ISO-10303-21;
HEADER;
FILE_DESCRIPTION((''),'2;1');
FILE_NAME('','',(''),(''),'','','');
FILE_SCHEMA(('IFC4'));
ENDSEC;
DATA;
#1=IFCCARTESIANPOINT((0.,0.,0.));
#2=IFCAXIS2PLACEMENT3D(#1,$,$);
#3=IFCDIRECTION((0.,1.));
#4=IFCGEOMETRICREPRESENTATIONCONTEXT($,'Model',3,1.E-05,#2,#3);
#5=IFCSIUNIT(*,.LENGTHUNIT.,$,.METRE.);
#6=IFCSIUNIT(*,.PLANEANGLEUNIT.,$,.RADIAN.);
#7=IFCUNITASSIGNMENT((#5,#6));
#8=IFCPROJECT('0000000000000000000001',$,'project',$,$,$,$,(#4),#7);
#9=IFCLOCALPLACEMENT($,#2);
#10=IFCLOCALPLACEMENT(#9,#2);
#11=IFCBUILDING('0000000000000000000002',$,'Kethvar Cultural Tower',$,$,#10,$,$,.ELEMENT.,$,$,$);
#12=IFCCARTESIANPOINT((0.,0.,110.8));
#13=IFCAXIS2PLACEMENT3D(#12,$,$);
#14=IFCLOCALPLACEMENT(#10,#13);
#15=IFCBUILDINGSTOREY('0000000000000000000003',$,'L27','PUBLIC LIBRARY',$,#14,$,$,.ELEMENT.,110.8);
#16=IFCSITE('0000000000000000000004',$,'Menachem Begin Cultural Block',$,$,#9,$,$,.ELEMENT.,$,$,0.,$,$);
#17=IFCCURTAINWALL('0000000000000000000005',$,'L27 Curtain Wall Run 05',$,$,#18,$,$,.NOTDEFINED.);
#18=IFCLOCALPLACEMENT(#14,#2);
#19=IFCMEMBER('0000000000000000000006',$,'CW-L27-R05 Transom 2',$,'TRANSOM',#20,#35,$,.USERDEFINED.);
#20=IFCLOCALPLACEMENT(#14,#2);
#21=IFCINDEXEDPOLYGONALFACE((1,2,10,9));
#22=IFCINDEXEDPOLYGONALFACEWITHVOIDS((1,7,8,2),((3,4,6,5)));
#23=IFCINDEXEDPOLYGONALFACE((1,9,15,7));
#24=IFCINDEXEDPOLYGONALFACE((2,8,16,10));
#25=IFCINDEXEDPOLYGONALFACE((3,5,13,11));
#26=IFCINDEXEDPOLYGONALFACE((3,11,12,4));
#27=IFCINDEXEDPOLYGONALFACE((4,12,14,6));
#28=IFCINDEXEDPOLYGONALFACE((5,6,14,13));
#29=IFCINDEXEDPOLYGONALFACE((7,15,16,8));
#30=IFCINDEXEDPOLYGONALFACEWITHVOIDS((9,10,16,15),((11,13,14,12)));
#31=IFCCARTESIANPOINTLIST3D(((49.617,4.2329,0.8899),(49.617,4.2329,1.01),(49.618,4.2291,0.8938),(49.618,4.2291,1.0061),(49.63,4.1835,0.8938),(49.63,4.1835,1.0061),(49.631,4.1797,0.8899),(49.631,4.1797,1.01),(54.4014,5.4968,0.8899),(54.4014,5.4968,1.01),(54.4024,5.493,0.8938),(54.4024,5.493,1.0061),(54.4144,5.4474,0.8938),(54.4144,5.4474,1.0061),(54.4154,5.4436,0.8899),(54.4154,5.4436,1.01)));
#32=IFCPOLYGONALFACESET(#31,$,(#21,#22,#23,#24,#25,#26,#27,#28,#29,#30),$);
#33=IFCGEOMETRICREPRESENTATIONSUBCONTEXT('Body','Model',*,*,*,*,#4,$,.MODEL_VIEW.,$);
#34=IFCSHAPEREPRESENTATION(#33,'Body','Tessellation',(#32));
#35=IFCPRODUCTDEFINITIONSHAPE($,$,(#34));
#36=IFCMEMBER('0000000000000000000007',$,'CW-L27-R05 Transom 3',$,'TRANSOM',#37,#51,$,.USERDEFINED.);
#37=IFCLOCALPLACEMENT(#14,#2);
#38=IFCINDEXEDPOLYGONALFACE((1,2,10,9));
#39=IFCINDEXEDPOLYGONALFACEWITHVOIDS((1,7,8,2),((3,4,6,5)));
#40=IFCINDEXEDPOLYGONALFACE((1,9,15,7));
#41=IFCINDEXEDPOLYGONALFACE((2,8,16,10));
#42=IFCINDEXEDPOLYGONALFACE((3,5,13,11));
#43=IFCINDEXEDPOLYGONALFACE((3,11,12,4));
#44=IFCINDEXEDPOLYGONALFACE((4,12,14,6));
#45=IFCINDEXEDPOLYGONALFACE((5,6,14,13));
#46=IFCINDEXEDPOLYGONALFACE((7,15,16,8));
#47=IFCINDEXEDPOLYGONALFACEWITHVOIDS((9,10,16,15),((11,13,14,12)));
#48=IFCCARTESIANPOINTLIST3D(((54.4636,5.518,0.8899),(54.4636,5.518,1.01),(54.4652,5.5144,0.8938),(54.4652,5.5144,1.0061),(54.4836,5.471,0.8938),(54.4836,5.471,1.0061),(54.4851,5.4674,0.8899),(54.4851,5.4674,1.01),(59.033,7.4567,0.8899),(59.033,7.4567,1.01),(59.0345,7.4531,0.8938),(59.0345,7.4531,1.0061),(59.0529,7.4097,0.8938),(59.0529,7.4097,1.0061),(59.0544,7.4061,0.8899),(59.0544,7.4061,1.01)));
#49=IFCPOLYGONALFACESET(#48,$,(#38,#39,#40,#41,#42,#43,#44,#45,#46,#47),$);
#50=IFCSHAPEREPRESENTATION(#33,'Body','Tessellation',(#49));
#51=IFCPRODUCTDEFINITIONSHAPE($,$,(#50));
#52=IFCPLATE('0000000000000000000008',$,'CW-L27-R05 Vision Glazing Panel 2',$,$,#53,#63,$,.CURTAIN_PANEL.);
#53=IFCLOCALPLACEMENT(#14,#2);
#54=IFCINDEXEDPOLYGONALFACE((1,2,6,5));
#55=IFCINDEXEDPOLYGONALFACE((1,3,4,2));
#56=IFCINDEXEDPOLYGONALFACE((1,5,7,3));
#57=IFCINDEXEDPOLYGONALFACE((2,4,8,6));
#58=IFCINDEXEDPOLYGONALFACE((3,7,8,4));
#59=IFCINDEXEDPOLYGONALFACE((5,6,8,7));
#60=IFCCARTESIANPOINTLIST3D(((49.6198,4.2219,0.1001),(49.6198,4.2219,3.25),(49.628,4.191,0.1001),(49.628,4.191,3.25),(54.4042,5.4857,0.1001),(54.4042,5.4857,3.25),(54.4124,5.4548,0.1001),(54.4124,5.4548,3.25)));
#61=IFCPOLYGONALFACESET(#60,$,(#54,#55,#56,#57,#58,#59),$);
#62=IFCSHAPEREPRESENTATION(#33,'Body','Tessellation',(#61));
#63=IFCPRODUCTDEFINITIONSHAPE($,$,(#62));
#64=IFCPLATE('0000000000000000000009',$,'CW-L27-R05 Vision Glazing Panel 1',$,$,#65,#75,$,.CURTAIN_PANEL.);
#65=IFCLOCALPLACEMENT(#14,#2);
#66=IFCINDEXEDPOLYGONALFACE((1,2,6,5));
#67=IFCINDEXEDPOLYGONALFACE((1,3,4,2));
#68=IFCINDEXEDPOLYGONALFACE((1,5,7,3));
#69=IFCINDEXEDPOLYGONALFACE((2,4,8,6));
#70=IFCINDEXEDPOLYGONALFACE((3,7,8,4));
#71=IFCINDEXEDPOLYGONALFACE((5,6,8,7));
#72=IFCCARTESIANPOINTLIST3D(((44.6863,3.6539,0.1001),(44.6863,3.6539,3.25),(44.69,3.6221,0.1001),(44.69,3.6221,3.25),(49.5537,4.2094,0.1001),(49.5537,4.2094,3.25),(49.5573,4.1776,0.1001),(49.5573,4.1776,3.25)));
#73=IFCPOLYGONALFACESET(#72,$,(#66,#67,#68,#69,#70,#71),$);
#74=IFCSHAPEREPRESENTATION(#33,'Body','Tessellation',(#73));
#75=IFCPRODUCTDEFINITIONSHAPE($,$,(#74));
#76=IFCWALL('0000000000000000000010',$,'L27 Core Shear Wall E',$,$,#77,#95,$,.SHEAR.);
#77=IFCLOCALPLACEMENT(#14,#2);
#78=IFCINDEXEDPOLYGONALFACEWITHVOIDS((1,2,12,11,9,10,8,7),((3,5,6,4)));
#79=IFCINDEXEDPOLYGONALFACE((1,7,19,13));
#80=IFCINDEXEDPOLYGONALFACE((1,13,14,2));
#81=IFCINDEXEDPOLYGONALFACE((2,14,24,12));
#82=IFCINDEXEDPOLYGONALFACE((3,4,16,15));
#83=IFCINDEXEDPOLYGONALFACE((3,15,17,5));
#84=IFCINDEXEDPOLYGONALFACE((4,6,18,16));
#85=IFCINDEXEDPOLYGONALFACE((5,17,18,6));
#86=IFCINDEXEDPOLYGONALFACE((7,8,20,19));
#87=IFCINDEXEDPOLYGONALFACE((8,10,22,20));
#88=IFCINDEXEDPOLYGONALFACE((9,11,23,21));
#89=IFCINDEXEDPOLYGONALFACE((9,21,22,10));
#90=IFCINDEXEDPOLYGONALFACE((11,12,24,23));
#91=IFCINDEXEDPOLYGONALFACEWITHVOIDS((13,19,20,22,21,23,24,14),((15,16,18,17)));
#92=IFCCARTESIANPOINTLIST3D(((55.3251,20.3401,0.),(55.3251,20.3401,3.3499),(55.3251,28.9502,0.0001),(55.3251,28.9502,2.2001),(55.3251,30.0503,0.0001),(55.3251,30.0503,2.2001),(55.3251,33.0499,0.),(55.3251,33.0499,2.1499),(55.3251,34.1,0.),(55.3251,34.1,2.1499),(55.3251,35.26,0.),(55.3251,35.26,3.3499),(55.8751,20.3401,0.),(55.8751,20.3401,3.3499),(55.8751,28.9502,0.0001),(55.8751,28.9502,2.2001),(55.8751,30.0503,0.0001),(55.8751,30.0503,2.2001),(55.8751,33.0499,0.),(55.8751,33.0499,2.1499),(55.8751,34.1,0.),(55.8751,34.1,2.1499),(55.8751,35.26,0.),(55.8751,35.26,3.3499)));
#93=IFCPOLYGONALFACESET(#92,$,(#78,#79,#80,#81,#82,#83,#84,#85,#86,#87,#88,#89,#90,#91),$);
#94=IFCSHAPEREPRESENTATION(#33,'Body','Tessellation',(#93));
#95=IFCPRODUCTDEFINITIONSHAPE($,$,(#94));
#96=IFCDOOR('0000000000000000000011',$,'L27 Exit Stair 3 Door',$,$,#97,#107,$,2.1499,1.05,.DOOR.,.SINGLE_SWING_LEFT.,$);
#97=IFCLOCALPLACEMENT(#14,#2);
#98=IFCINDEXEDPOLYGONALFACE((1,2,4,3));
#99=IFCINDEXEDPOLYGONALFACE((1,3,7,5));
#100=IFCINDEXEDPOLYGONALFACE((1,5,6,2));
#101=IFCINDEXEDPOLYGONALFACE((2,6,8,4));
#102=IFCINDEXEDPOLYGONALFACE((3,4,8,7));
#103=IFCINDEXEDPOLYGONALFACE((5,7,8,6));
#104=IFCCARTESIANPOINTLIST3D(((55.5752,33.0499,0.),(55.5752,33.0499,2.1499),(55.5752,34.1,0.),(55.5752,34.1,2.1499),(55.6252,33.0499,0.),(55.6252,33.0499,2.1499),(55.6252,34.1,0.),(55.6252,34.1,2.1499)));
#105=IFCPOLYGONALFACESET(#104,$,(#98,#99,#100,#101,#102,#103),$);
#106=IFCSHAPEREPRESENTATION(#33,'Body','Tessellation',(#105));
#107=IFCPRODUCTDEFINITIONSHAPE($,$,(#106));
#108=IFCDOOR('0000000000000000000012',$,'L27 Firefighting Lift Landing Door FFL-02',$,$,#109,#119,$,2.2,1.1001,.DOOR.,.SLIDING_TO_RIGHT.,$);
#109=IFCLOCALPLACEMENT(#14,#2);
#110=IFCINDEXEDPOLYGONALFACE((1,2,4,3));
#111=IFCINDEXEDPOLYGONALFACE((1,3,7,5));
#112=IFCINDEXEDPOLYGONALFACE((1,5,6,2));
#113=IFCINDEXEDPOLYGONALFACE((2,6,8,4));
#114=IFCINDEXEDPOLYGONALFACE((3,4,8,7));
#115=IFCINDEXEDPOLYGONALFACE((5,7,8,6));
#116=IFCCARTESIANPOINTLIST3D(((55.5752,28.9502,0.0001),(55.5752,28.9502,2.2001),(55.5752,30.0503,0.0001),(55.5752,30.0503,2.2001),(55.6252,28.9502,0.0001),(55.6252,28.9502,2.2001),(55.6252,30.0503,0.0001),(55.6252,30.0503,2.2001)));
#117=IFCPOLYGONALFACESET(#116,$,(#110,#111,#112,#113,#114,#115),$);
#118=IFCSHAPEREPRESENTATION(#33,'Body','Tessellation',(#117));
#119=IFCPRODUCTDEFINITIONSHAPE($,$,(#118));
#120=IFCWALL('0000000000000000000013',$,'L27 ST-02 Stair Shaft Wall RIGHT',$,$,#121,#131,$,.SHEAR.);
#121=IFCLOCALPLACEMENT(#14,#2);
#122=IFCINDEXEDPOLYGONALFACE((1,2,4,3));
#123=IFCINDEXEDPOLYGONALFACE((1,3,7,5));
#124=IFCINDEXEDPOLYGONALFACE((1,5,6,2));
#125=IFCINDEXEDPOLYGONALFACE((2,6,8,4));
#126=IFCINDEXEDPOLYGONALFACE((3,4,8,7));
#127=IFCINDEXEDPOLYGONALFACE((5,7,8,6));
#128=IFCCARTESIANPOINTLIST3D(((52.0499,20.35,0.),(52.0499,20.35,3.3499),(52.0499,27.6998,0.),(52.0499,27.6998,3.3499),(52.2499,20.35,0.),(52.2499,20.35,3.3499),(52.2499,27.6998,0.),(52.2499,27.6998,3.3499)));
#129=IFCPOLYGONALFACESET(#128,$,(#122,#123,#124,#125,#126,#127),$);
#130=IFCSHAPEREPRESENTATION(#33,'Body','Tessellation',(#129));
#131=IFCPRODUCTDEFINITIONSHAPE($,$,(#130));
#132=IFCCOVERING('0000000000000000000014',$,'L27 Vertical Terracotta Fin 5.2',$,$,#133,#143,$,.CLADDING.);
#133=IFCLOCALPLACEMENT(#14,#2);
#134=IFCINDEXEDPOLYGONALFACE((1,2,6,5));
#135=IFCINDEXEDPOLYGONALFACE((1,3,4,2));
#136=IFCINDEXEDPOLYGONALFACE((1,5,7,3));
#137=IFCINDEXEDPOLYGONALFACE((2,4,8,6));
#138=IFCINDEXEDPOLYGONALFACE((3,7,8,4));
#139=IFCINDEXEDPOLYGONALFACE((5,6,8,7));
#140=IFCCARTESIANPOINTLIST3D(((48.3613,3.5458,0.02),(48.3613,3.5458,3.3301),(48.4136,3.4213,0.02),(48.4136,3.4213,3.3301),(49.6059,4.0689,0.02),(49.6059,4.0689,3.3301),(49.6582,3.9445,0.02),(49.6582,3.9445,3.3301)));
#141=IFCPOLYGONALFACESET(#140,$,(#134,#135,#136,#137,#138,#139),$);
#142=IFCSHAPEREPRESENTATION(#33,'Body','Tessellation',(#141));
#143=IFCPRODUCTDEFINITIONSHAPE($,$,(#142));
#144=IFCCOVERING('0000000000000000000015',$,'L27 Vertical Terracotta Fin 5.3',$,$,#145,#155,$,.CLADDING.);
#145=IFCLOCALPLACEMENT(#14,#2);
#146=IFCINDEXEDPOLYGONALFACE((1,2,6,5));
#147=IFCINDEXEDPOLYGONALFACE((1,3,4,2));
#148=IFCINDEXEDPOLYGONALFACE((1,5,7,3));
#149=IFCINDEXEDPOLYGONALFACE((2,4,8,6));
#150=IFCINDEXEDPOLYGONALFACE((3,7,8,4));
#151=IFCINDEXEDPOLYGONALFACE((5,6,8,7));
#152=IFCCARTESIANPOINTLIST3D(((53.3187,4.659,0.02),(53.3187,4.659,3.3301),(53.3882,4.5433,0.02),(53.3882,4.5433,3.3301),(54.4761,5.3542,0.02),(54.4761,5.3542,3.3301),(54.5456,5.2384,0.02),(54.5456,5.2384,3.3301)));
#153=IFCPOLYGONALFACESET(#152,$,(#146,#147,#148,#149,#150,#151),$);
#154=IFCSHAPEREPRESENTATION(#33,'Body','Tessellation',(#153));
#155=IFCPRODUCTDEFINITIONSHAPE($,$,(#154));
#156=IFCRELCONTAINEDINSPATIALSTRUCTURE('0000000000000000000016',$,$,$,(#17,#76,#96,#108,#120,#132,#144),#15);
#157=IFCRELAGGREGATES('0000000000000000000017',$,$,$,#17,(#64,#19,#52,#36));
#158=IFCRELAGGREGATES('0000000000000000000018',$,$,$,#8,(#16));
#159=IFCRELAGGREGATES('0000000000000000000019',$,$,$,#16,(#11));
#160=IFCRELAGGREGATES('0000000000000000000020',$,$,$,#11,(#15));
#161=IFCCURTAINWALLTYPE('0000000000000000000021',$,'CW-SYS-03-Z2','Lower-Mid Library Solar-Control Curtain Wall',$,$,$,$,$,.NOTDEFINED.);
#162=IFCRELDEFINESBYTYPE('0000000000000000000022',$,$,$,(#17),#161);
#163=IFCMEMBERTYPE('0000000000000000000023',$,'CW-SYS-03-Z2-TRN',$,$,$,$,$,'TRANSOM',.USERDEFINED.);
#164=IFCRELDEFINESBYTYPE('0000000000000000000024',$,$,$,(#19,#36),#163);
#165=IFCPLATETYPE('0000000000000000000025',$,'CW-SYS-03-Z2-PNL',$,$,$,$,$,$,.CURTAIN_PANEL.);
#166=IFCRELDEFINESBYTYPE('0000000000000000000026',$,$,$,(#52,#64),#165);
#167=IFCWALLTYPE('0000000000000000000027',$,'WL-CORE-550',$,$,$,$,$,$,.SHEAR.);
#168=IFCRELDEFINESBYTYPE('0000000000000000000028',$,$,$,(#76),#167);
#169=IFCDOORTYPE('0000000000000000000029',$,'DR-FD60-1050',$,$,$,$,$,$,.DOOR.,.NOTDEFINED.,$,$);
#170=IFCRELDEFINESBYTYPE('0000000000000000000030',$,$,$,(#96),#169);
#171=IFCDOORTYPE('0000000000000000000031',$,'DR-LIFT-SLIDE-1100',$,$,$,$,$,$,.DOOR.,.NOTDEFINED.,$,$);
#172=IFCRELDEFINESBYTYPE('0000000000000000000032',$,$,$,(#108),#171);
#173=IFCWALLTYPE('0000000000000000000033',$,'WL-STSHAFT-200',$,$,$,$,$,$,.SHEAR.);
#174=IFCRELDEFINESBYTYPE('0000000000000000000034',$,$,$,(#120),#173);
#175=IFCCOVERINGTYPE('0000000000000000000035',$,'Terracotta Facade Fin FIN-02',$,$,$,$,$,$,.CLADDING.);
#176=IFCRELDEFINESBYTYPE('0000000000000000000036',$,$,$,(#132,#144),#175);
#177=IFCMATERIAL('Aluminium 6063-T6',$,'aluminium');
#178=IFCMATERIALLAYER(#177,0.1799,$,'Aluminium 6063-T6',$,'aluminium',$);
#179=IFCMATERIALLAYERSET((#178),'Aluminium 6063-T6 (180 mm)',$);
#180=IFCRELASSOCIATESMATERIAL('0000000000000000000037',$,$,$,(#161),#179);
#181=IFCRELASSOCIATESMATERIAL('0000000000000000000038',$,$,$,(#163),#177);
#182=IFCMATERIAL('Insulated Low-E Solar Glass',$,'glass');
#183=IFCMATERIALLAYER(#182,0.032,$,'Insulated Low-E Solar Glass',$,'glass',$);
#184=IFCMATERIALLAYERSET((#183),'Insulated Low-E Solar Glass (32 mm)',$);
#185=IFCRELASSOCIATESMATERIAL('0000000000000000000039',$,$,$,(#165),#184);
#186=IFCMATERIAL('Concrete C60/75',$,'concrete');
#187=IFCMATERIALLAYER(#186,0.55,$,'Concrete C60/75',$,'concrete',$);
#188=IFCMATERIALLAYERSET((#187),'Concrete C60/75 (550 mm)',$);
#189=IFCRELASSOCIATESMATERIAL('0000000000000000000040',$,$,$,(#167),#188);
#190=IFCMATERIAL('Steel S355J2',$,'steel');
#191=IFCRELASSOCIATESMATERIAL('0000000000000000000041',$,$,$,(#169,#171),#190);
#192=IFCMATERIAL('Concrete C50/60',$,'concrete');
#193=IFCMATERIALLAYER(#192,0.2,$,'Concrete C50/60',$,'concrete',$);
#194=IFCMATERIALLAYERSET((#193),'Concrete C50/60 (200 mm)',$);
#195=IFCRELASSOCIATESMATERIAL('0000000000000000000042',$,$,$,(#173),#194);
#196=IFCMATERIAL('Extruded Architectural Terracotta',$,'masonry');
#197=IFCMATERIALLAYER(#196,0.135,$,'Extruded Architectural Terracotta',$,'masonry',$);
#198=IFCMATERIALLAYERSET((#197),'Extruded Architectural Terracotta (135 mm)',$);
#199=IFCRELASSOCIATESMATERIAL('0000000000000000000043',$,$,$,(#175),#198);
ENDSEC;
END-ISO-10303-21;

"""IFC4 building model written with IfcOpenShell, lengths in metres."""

from ifc_helpers import new_model, si_unit, direction, frame, frame_2d, origin, origin_2d, place, context, subcontext, project, spatial, rectangle, hollow_rectangle, extrude, source, transform, mapped, material, layer, layer_set, material_profile, profile_set, type_object, element, fill, aggregate, save


model = new_model("IFC4")

# Units and contexts
model_context = context("Model", 3, precision=1e-05, world=origin(), true_north=direction((0.0, 1.0)))
body_context = subcontext(model_context, "Body", "Model", "MODEL_VIEW")
ifc_project = project(units=[si_unit("LENGTHUNIT", "METRE"), si_unit("PLANEANGLEUNIT", "RADIAN")], contexts=[model_context])

# Site, building, storey
site_placement = place(None, origin())
site = spatial("IfcSite", under=ifc_project, at=site_placement, Name="Menachem Begin Cultural Block", CompositionType="ELEMENT", RefElevation=0.0)
building_placement = place(site_placement, origin())
building = spatial("IfcBuilding", under=site, at=building_placement, Name="Kethvar Cultural Tower", CompositionType="ELEMENT")
storey_placement = place(building_placement, frame((0.0, 0.0, 110.8)))
storey = spatial("IfcBuildingStorey", under=building, at=storey_placement, Name="L27", Description="PUBLIC LIBRARY", CompositionType="ELEMENT", Elevation=110.8)

# Shared definitions
ifc_material_1 = material(Name="Steel S355J2", Category="steel")

# Curtain wall, members, plates
ifc_material_2 = material(Name="Aluminium 6063-T6", Category="aluminium")
ifc_layer_1 = layer(ifc_material_2, 0.1799, Name="Aluminium 6063-T6", Category="aluminium")
ifc_layer_set_1 = layer_set([ifc_layer_1], Name="Aluminium 6063-T6 (180 mm)")
curtain_wall_type = type_object("IfcCurtainWallType", Name="CW-SYS-03-Z2", Description="Lower-Mid Library Solar-Control Curtain Wall", PredefinedType="NOTDEFINED", material=ifc_layer_set_1)
curtain_wall_placement = place(storey_placement, origin())
curtain_wall = element("IfcCurtainWall", 1, at=curtain_wall_placement, inside=storey, type_object=curtain_wall_type, Name="L27 Curtain Wall Run 05", PredefinedType="NOTDEFINED")
ifc_material_profile_1 = material_profile(ifc_material_2, hollow_rectangle(XDim=0.0549, YDim=0.1201, WallThickness=0.0039, at=origin_2d()), Name="Aluminium 6063-T6 — RHS120x55x4")
ifc_profile_set_1 = profile_set([ifc_material_profile_1], Name="Aluminium 6063-T6 — RHS120x55x4")
member_type_1 = type_object("IfcMemberType", Name="CW-SYS-03-Z2-TRN", ElementType="TRANSOM", PredefinedType="USERDEFINED", material=ifc_profile_set_1)
shared_shape_1 = source(origin(), body_context, "Body", "SweptSolid", [
    extrude(hollow_rectangle(XDim=0.0549, YDim=0.1201, WallThickness=0.0039, at=origin_2d()), origin(), (0.0, 0.0, 1.0), 4.9485),
])
member_1_placement = place(storey_placement, frame((49.624, 4.2063, 0.95), z_axis=(0.966833, 0.255411, 0.0), x_axis=(-0.255411, 0.966833, 0.0)))
member_1 = element("IfcMember", 2, at=member_1_placement, type_object=member_type_1, Name="CW-L27-R05 Transom 2", ObjectType="TRANSOM", PredefinedType="USERDEFINED", context=body_context, shape_type="MappedRepresentation", body=[
    mapped(shared_shape_1, transform((0.0, 0.0, 0.0), scale=1.0)),
])
shared_shape_2 = source(origin(), body_context, "Body", "SweptSolid", [
    extrude(hollow_rectangle(XDim=0.0549, YDim=0.1201, WallThickness=0.0039, at=origin_2d()), origin(), (0.0, 0.0, 1.0), 4.9636),
])
member_2_placement = place(storey_placement, frame((54.4744, 5.4927, 0.95), z_axis=(0.920566, 0.390586, 0.0), x_axis=(-0.390586, 0.920566, 0.0)))
member_2 = element("IfcMember", 3, at=member_2_placement, type_object=member_type_1, Name="CW-L27-R05 Transom 3", ObjectType="TRANSOM", PredefinedType="USERDEFINED", context=body_context, shape_type="MappedRepresentation", body=[
    mapped(shared_shape_2, transform((0.0, 0.0, 0.0), scale=1.0)),
])
ifc_material_3 = material(Name="Insulated Low-E Solar Glass", Category="glass")
ifc_layer_2 = layer(ifc_material_3, 0.032, Name="Insulated Low-E Solar Glass", Category="glass")
ifc_layer_set_2 = layer_set([ifc_layer_2], Name="Insulated Low-E Solar Glass (32 mm)")
plate_type = type_object("IfcPlateType", Name="CW-SYS-03-Z2-PNL", PredefinedType="CURTAIN_PANEL", material=ifc_layer_set_2)
shared_shape_3 = source(origin(), body_context, "Body", "SweptSolid", [
    extrude(rectangle(XDim=4.9485, YDim=0.032, at=origin_2d()), origin(), (0.0, 0.0, 1.0), 3.1499),
])
plate_1_placement = place(storey_placement, frame((52.0161, 4.8384, 0.1001), z_axis=(0.0, 0.0, 1.0), x_axis=(0.966837, 0.255395, 0.0)))
plate_1 = element("IfcPlate", 4, at=plate_1_placement, type_object=plate_type, Name="CW-L27-R05 Vision Glazing Panel 2", PredefinedType="CURTAIN_PANEL", context=body_context, shape_type="MappedRepresentation", body=[
    mapped(shared_shape_3, transform((0.0, 0.0, 0.0), scale=1.0)),
])
shared_shape_4 = source(origin(), body_context, "Body", "SweptSolid", [
    extrude(rectangle(XDim=4.8989, YDim=0.032, at=origin_2d()), origin(), (0.0, 0.0, 1.0), 3.1499),
])
plate_2_placement = place(storey_placement, frame((47.1218, 3.9158, 0.1001), z_axis=(0.0, 0.0, 1.0), x_axis=(0.99355, 0.113394, 0.0)))
plate_2 = element("IfcPlate", 5, at=plate_2_placement, type_object=plate_type, Name="CW-L27-R05 Vision Glazing Panel 1", PredefinedType="CURTAIN_PANEL", context=body_context, shape_type="MappedRepresentation", body=[
    mapped(shared_shape_4, transform((0.0, 0.0, 0.0), scale=1.0)),
])
aggregate(curtain_wall, [plate_2, member_1, plate_1, member_2])

# Wall, openings, doors
ifc_material_4 = material(Name="Concrete C60/75", Category="concrete")
ifc_layer_3 = layer(ifc_material_4, 0.55, Name="Concrete C60/75", Category="concrete")
ifc_layer_set_3 = layer_set([ifc_layer_3], Name="Concrete C60/75 (550 mm)")
wall_type_1 = type_object("IfcWallType", Name="WL-CORE-550", PredefinedType="SHEAR", material=ifc_layer_set_3)
wall_1_placement = place(storey_placement, frame((55.6001, 20.3401, 0.0), z_axis=(0.0, 0.0, 1.0), x_axis=(0.0, 1.0, 0.0)))
wall_1 = element("IfcWall", 6, at=wall_1_placement, inside=storey, type_object=wall_type_1, Name="L27 Core Shear Wall E", PredefinedType="SHEAR", context=body_context, shape_type="SweptSolid", body=[
    extrude(rectangle(XDim=14.9199, YDim=0.55, at=frame_2d((7.46, 0.0))), origin(), (0.0, 0.0, 1.0), 3.3499),
])
opening_1_placement = place(wall_1_placement, frame((12.71, 0.0, 0.0)))
opening_1 = element("IfcOpeningElement", 7, at=opening_1_placement, cuts=wall_1, PredefinedType="OPENING", context=body_context, shape_type="SweptSolid", body=[
    extrude(rectangle(XDim=1.05, YDim=2.1499, at=frame_2d((0.5249, 1.075))), frame((0.0, 0.2849, 0.0), z_axis=(0.0, -1.0, 0.0), x_axis=(1.0, 0.0, 0.0)), (0.0, 0.0, 1.0), 0.5701),
])
opening_2_placement = place(wall_1_placement, frame((8.6101, 0.0, 0.0)))
opening_2 = element("IfcOpeningElement", 8, at=opening_2_placement, cuts=wall_1, PredefinedType="OPENING", context=body_context, shape_type="SweptSolid", body=[
    extrude(rectangle(XDim=1.1001, YDim=2.2, at=frame_2d((0.55, 1.1001))), frame((0.0, 0.2849, 0.0), z_axis=(0.0, -1.0, 0.0), x_axis=(1.0, 0.0, 0.0)), (0.0, 0.0, 1.0), 0.5701),
])
door_type_1 = type_object("IfcDoorType", Name="DR-FD60-1050", OperationType="NOTDEFINED", PredefinedType="DOOR", material=ifc_material_1)
shared_shape_5 = source(origin(), body_context, "Body", "SweptSolid", [
    extrude(rectangle(XDim=1.05, YDim=2.1499, at=frame_2d((0.5249, 1.075))), frame((0.0, 0.0249, 0.0), z_axis=(0.0, -1.0, 0.0), x_axis=(1.0, 0.0, 0.0)), (0.0, 0.0, 1.0), 0.05),
])
door_1_placement = place(opening_1_placement, origin())
door_1 = element("IfcDoor", 9, at=door_1_placement, inside=storey, type_object=door_type_1, Name="L27 Exit Stair 3 Door", OperationType="SINGLE_SWING_LEFT", OverallHeight=2.1499, OverallWidth=1.05, PredefinedType="DOOR", context=body_context, shape_type="MappedRepresentation", body=[
    mapped(shared_shape_5, transform((0.0, 0.0, 0.0), scale=1.0)),
])
fill(opening_1, door_1)
door_type_2 = type_object("IfcDoorType", Name="DR-LIFT-SLIDE-1100", OperationType="NOTDEFINED", PredefinedType="DOOR", material=ifc_material_1)
shared_shape_6 = source(origin(), body_context, "Body", "SweptSolid", [
    extrude(rectangle(XDim=1.1001, YDim=2.2, at=frame_2d((0.55, 1.1001))), frame((0.0, 0.0249, 0.0), z_axis=(0.0, -1.0, 0.0), x_axis=(1.0, 0.0, 0.0)), (0.0, 0.0, 1.0), 0.05),
])
door_2_placement = place(opening_2_placement, origin())
door_2 = element("IfcDoor", 10, at=door_2_placement, inside=storey, type_object=door_type_2, Name="L27 Firefighting Lift Landing Door FFL-02", OperationType="SLIDING_TO_RIGHT", OverallHeight=2.2, OverallWidth=1.1001, PredefinedType="DOOR", context=body_context, shape_type="MappedRepresentation", body=[
    mapped(shared_shape_6, transform((0.0, 0.0, 0.0), scale=1.0)),
])
fill(opening_2, door_2)

# Wall
ifc_material_5 = material(Name="Concrete C50/60", Category="concrete")
ifc_layer_4 = layer(ifc_material_5, 0.2, Name="Concrete C50/60", Category="concrete")
ifc_layer_set_4 = layer_set([ifc_layer_4], Name="Concrete C50/60 (200 mm)")
wall_type_2 = type_object("IfcWallType", Name="WL-STSHAFT-200", PredefinedType="SHEAR", material=ifc_layer_set_4)
wall_2_placement = place(storey_placement, frame((52.1499, 20.3501, 0.0), z_axis=(0.0, 0.0, 1.0), x_axis=(0.0, 1.0, 0.0)))
element("IfcWall", 11, at=wall_2_placement, inside=storey, type_object=wall_type_2, Name="L27 ST-02 Stair Shaft Wall RIGHT", PredefinedType="SHEAR", context=body_context, shape_type="SweptSolid", body=[
    extrude(rectangle(XDim=7.3499, YDim=0.2, at=frame_2d((3.6748, 0.0))), origin(), (0.0, 0.0, 1.0), 3.3499),
])

# Coverings
ifc_material_6 = material(Name="Extruded Architectural Terracotta", Category="masonry")
ifc_layer_5 = layer(ifc_material_6, 0.135, Name="Extruded Architectural Terracotta", Category="masonry")
ifc_layer_set_5 = layer_set([ifc_layer_5], Name="Extruded Architectural Terracotta (135 mm)")
covering_type = type_object("IfcCoveringType", Name="Terracotta Facade Fin FIN-02", PredefinedType="CLADDING", material=ifc_layer_set_5)
shared_shape_7 = source(origin(), body_context, "Body", "SweptSolid", [
    extrude(rectangle(XDim=1.3501, YDim=0.135, at=origin_2d()), origin(), (0.0, 0.0, 1.0), 3.3101),
])
for number, where, z_axis, x_axis, name in (
    (12, (49.0098, 3.7451, 0.02), (0.0, 0.0, 1.0), (-0.921863, -0.387516, 0.0), "L27 Vertical Terracotta Fin 5.2"),
    (13, (53.9321, 4.9487, 0.02), (0.0, 0.0, 1.0), (-0.857257, -0.514888, 0.0), "L27 Vertical Terracotta Fin 5.3"),
):
    element("IfcCovering", number, at=place(storey_placement, frame(where, z_axis=z_axis, x_axis=x_axis)), inside=storey, type_object=covering_type, Name=name, PredefinedType="CLADDING", context=body_context, shape_type="MappedRepresentation", body=[
        mapped(shared_shape_7, transform((0.0, 0.0, 0.0), scale=1.0)),
    ])

save(model, "model.ifc")
